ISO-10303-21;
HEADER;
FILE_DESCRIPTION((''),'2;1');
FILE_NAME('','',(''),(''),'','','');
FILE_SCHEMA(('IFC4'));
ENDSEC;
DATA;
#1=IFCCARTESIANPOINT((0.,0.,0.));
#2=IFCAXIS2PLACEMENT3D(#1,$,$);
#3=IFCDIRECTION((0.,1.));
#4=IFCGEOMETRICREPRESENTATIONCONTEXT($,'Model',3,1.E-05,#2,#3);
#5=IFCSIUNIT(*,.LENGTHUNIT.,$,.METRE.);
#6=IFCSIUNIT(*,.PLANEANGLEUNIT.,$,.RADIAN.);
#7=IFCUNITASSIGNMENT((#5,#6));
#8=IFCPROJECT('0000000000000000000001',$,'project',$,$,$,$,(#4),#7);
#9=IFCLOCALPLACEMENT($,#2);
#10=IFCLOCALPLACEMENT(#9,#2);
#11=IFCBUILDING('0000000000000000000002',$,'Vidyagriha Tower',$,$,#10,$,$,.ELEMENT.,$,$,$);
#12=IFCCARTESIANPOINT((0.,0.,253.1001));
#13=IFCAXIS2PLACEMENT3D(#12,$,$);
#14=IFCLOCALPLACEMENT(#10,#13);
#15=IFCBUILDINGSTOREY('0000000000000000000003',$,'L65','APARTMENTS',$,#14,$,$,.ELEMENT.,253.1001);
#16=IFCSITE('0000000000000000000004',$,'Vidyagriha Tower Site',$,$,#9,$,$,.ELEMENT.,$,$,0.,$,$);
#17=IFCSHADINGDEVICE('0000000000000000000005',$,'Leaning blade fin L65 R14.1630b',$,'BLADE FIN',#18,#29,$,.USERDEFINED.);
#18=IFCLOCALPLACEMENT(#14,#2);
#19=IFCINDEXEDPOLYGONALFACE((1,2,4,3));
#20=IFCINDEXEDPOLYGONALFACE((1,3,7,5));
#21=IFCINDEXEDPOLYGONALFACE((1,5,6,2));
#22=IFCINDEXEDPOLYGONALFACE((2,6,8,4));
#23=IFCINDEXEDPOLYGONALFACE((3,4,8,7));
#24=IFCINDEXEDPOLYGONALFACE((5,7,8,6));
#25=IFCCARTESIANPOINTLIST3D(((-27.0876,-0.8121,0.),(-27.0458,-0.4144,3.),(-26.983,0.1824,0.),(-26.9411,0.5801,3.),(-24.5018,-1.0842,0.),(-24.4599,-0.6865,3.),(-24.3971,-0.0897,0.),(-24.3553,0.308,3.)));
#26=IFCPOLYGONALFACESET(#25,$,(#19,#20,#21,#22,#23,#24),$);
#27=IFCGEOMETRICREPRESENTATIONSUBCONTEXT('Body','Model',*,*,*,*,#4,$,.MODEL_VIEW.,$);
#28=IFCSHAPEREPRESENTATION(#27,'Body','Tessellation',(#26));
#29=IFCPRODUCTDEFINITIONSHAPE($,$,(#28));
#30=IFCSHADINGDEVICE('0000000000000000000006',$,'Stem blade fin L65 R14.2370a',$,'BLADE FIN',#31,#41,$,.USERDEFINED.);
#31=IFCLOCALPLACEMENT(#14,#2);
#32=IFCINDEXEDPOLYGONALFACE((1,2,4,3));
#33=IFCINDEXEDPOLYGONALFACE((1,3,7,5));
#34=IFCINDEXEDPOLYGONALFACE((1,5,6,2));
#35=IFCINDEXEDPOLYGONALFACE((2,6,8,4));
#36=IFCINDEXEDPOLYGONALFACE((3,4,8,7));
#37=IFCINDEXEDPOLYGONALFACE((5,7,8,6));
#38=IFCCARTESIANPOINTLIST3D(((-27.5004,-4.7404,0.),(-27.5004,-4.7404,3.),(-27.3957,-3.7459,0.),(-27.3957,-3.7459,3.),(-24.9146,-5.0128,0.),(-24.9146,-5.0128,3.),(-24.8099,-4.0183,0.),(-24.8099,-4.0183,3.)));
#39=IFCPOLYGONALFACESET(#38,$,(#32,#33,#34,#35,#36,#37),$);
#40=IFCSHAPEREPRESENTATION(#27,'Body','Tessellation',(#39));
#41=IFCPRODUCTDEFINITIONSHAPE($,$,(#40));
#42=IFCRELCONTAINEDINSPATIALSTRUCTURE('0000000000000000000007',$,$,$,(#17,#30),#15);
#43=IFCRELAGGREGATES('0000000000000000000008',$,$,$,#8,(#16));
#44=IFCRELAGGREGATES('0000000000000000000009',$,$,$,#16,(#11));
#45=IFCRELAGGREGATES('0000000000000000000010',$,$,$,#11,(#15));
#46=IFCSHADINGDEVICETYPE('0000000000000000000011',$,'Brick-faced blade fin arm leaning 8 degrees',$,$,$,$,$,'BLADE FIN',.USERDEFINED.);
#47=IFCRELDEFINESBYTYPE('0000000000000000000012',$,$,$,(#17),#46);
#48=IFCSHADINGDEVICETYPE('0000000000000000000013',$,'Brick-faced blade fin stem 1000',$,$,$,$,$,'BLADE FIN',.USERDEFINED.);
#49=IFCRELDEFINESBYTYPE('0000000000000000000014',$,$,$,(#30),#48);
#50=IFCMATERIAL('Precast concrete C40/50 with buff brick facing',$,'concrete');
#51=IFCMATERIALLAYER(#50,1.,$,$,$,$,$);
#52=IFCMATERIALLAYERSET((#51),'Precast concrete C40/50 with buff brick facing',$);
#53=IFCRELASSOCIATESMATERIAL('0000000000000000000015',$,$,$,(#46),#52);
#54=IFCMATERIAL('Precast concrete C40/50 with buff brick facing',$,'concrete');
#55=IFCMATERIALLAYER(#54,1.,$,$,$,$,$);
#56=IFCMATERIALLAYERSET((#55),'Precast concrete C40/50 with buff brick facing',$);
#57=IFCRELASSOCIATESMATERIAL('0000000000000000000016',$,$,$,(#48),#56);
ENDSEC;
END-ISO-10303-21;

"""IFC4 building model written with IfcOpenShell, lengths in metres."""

from ifc_helpers import new_model, si_unit, direction, frame, origin, place, context, subcontext, project, spatial, polyline, outline, extrude, material, layer, layer_set, type_object, element, save


model = new_model("IFC4")

# Units and contexts
model_context = context("Model", 3, precision=1e-05, world=origin(), true_north=direction((0.0, 1.0)))
body_context = subcontext(model_context, "Body", "Model", "MODEL_VIEW")
ifc_project = project(units=[si_unit("LENGTHUNIT", "METRE"), si_unit("PLANEANGLEUNIT", "RADIAN")], contexts=[model_context])

# Site, building, storey
site_placement = place(None, origin())
site = spatial("IfcSite", under=ifc_project, at=site_placement, Name="Vidyagriha Tower Site", CompositionType="ELEMENT", RefElevation=0.0)
building_placement = place(site_placement, origin())
building = spatial("IfcBuilding", under=site, at=building_placement, Name="Vidyagriha Tower", CompositionType="ELEMENT")
storey_placement = place(building_placement, frame((0.0, 0.0, 253.1001)))
storey = spatial("IfcBuildingStorey", under=building, at=storey_placement, Name="L65", Description="APARTMENTS", CompositionType="ELEMENT", Elevation=253.1001)

# Shading devices
ifc_material_1 = material(Name="Precast concrete C40/50 with buff brick facing", Category="concrete")
ifc_layer_1 = layer(ifc_material_1, 1.0)
ifc_layer_set_1 = layer_set([ifc_layer_1], Name="Precast concrete C40/50 with buff brick facing")
shading_device_type_1 = type_object("IfcShadingDeviceType", Name="Brick-faced blade fin arm leaning 8 degrees", ElementType="BLADE FIN", PredefinedType="USERDEFINED", material=ifc_layer_set_1)
shading_device_1_placement = place(storey_placement, frame((-25.6482, 0.4441, 0.0), z_axis=(0.0, 0.0, 1.0), x_axis=(-0.104648, -0.994509, 0.0)))
element("IfcShadingDevice", 1, at=shading_device_1_placement, inside=storey, type_object=shading_device_type_1, Name="Leaning blade fin L65 R14.1630b", ObjectType="BLADE FIN", PredefinedType="USERDEFINED", context=body_context, shape_type="SweptSolid", body=[
    extrude(outline(polyline([(0.3999, 0.0), (1.3999, 0.0), (1.0, 3.0), (0.0, 3.0), (0.3999, 0.0)])), frame((0.0, 1.3, 0.0), z_axis=(0.0, -1.0, 0.0), x_axis=(1.0, 0.0, 0.0)), (0.0, 0.0, 1.0), 2.6001),
])
ifc_material_2 = material(Name="Precast concrete C40/50 with buff brick facing", Category="concrete")
ifc_layer_2 = layer(ifc_material_2, 1.0)
ifc_layer_set_2 = layer_set([ifc_layer_2], Name="Precast concrete C40/50 with buff brick facing")
shading_device_type_2 = type_object("IfcShadingDeviceType", Name="Brick-faced blade fin stem 1000", ElementType="BLADE FIN", PredefinedType="USERDEFINED", material=ifc_layer_set_2)
shading_device_2_placement = place(storey_placement, frame((-26.1028, -3.8821, 0.0), z_axis=(0.0, 0.0, 1.0), x_axis=(-0.104748, -0.994499, 0.0)))
element("IfcShadingDevice", 2, at=shading_device_2_placement, inside=storey, type_object=shading_device_type_2, Name="Stem blade fin L65 R14.2370a", ObjectType="BLADE FIN", PredefinedType="USERDEFINED", context=body_context, shape_type="SweptSolid", body=[
    extrude(outline(polyline([(0.0, 0.0), (1.0, 0.0), (1.0, 3.0), (0.0, 3.0), (0.0, 0.0)])), frame((0.0, 1.3, 0.0), z_axis=(0.0, -1.0, 0.0), x_axis=(1.0, 0.0, 0.0)), (0.0, 0.0, 1.0), 2.6001),
])

save(model, "model.ifc")
